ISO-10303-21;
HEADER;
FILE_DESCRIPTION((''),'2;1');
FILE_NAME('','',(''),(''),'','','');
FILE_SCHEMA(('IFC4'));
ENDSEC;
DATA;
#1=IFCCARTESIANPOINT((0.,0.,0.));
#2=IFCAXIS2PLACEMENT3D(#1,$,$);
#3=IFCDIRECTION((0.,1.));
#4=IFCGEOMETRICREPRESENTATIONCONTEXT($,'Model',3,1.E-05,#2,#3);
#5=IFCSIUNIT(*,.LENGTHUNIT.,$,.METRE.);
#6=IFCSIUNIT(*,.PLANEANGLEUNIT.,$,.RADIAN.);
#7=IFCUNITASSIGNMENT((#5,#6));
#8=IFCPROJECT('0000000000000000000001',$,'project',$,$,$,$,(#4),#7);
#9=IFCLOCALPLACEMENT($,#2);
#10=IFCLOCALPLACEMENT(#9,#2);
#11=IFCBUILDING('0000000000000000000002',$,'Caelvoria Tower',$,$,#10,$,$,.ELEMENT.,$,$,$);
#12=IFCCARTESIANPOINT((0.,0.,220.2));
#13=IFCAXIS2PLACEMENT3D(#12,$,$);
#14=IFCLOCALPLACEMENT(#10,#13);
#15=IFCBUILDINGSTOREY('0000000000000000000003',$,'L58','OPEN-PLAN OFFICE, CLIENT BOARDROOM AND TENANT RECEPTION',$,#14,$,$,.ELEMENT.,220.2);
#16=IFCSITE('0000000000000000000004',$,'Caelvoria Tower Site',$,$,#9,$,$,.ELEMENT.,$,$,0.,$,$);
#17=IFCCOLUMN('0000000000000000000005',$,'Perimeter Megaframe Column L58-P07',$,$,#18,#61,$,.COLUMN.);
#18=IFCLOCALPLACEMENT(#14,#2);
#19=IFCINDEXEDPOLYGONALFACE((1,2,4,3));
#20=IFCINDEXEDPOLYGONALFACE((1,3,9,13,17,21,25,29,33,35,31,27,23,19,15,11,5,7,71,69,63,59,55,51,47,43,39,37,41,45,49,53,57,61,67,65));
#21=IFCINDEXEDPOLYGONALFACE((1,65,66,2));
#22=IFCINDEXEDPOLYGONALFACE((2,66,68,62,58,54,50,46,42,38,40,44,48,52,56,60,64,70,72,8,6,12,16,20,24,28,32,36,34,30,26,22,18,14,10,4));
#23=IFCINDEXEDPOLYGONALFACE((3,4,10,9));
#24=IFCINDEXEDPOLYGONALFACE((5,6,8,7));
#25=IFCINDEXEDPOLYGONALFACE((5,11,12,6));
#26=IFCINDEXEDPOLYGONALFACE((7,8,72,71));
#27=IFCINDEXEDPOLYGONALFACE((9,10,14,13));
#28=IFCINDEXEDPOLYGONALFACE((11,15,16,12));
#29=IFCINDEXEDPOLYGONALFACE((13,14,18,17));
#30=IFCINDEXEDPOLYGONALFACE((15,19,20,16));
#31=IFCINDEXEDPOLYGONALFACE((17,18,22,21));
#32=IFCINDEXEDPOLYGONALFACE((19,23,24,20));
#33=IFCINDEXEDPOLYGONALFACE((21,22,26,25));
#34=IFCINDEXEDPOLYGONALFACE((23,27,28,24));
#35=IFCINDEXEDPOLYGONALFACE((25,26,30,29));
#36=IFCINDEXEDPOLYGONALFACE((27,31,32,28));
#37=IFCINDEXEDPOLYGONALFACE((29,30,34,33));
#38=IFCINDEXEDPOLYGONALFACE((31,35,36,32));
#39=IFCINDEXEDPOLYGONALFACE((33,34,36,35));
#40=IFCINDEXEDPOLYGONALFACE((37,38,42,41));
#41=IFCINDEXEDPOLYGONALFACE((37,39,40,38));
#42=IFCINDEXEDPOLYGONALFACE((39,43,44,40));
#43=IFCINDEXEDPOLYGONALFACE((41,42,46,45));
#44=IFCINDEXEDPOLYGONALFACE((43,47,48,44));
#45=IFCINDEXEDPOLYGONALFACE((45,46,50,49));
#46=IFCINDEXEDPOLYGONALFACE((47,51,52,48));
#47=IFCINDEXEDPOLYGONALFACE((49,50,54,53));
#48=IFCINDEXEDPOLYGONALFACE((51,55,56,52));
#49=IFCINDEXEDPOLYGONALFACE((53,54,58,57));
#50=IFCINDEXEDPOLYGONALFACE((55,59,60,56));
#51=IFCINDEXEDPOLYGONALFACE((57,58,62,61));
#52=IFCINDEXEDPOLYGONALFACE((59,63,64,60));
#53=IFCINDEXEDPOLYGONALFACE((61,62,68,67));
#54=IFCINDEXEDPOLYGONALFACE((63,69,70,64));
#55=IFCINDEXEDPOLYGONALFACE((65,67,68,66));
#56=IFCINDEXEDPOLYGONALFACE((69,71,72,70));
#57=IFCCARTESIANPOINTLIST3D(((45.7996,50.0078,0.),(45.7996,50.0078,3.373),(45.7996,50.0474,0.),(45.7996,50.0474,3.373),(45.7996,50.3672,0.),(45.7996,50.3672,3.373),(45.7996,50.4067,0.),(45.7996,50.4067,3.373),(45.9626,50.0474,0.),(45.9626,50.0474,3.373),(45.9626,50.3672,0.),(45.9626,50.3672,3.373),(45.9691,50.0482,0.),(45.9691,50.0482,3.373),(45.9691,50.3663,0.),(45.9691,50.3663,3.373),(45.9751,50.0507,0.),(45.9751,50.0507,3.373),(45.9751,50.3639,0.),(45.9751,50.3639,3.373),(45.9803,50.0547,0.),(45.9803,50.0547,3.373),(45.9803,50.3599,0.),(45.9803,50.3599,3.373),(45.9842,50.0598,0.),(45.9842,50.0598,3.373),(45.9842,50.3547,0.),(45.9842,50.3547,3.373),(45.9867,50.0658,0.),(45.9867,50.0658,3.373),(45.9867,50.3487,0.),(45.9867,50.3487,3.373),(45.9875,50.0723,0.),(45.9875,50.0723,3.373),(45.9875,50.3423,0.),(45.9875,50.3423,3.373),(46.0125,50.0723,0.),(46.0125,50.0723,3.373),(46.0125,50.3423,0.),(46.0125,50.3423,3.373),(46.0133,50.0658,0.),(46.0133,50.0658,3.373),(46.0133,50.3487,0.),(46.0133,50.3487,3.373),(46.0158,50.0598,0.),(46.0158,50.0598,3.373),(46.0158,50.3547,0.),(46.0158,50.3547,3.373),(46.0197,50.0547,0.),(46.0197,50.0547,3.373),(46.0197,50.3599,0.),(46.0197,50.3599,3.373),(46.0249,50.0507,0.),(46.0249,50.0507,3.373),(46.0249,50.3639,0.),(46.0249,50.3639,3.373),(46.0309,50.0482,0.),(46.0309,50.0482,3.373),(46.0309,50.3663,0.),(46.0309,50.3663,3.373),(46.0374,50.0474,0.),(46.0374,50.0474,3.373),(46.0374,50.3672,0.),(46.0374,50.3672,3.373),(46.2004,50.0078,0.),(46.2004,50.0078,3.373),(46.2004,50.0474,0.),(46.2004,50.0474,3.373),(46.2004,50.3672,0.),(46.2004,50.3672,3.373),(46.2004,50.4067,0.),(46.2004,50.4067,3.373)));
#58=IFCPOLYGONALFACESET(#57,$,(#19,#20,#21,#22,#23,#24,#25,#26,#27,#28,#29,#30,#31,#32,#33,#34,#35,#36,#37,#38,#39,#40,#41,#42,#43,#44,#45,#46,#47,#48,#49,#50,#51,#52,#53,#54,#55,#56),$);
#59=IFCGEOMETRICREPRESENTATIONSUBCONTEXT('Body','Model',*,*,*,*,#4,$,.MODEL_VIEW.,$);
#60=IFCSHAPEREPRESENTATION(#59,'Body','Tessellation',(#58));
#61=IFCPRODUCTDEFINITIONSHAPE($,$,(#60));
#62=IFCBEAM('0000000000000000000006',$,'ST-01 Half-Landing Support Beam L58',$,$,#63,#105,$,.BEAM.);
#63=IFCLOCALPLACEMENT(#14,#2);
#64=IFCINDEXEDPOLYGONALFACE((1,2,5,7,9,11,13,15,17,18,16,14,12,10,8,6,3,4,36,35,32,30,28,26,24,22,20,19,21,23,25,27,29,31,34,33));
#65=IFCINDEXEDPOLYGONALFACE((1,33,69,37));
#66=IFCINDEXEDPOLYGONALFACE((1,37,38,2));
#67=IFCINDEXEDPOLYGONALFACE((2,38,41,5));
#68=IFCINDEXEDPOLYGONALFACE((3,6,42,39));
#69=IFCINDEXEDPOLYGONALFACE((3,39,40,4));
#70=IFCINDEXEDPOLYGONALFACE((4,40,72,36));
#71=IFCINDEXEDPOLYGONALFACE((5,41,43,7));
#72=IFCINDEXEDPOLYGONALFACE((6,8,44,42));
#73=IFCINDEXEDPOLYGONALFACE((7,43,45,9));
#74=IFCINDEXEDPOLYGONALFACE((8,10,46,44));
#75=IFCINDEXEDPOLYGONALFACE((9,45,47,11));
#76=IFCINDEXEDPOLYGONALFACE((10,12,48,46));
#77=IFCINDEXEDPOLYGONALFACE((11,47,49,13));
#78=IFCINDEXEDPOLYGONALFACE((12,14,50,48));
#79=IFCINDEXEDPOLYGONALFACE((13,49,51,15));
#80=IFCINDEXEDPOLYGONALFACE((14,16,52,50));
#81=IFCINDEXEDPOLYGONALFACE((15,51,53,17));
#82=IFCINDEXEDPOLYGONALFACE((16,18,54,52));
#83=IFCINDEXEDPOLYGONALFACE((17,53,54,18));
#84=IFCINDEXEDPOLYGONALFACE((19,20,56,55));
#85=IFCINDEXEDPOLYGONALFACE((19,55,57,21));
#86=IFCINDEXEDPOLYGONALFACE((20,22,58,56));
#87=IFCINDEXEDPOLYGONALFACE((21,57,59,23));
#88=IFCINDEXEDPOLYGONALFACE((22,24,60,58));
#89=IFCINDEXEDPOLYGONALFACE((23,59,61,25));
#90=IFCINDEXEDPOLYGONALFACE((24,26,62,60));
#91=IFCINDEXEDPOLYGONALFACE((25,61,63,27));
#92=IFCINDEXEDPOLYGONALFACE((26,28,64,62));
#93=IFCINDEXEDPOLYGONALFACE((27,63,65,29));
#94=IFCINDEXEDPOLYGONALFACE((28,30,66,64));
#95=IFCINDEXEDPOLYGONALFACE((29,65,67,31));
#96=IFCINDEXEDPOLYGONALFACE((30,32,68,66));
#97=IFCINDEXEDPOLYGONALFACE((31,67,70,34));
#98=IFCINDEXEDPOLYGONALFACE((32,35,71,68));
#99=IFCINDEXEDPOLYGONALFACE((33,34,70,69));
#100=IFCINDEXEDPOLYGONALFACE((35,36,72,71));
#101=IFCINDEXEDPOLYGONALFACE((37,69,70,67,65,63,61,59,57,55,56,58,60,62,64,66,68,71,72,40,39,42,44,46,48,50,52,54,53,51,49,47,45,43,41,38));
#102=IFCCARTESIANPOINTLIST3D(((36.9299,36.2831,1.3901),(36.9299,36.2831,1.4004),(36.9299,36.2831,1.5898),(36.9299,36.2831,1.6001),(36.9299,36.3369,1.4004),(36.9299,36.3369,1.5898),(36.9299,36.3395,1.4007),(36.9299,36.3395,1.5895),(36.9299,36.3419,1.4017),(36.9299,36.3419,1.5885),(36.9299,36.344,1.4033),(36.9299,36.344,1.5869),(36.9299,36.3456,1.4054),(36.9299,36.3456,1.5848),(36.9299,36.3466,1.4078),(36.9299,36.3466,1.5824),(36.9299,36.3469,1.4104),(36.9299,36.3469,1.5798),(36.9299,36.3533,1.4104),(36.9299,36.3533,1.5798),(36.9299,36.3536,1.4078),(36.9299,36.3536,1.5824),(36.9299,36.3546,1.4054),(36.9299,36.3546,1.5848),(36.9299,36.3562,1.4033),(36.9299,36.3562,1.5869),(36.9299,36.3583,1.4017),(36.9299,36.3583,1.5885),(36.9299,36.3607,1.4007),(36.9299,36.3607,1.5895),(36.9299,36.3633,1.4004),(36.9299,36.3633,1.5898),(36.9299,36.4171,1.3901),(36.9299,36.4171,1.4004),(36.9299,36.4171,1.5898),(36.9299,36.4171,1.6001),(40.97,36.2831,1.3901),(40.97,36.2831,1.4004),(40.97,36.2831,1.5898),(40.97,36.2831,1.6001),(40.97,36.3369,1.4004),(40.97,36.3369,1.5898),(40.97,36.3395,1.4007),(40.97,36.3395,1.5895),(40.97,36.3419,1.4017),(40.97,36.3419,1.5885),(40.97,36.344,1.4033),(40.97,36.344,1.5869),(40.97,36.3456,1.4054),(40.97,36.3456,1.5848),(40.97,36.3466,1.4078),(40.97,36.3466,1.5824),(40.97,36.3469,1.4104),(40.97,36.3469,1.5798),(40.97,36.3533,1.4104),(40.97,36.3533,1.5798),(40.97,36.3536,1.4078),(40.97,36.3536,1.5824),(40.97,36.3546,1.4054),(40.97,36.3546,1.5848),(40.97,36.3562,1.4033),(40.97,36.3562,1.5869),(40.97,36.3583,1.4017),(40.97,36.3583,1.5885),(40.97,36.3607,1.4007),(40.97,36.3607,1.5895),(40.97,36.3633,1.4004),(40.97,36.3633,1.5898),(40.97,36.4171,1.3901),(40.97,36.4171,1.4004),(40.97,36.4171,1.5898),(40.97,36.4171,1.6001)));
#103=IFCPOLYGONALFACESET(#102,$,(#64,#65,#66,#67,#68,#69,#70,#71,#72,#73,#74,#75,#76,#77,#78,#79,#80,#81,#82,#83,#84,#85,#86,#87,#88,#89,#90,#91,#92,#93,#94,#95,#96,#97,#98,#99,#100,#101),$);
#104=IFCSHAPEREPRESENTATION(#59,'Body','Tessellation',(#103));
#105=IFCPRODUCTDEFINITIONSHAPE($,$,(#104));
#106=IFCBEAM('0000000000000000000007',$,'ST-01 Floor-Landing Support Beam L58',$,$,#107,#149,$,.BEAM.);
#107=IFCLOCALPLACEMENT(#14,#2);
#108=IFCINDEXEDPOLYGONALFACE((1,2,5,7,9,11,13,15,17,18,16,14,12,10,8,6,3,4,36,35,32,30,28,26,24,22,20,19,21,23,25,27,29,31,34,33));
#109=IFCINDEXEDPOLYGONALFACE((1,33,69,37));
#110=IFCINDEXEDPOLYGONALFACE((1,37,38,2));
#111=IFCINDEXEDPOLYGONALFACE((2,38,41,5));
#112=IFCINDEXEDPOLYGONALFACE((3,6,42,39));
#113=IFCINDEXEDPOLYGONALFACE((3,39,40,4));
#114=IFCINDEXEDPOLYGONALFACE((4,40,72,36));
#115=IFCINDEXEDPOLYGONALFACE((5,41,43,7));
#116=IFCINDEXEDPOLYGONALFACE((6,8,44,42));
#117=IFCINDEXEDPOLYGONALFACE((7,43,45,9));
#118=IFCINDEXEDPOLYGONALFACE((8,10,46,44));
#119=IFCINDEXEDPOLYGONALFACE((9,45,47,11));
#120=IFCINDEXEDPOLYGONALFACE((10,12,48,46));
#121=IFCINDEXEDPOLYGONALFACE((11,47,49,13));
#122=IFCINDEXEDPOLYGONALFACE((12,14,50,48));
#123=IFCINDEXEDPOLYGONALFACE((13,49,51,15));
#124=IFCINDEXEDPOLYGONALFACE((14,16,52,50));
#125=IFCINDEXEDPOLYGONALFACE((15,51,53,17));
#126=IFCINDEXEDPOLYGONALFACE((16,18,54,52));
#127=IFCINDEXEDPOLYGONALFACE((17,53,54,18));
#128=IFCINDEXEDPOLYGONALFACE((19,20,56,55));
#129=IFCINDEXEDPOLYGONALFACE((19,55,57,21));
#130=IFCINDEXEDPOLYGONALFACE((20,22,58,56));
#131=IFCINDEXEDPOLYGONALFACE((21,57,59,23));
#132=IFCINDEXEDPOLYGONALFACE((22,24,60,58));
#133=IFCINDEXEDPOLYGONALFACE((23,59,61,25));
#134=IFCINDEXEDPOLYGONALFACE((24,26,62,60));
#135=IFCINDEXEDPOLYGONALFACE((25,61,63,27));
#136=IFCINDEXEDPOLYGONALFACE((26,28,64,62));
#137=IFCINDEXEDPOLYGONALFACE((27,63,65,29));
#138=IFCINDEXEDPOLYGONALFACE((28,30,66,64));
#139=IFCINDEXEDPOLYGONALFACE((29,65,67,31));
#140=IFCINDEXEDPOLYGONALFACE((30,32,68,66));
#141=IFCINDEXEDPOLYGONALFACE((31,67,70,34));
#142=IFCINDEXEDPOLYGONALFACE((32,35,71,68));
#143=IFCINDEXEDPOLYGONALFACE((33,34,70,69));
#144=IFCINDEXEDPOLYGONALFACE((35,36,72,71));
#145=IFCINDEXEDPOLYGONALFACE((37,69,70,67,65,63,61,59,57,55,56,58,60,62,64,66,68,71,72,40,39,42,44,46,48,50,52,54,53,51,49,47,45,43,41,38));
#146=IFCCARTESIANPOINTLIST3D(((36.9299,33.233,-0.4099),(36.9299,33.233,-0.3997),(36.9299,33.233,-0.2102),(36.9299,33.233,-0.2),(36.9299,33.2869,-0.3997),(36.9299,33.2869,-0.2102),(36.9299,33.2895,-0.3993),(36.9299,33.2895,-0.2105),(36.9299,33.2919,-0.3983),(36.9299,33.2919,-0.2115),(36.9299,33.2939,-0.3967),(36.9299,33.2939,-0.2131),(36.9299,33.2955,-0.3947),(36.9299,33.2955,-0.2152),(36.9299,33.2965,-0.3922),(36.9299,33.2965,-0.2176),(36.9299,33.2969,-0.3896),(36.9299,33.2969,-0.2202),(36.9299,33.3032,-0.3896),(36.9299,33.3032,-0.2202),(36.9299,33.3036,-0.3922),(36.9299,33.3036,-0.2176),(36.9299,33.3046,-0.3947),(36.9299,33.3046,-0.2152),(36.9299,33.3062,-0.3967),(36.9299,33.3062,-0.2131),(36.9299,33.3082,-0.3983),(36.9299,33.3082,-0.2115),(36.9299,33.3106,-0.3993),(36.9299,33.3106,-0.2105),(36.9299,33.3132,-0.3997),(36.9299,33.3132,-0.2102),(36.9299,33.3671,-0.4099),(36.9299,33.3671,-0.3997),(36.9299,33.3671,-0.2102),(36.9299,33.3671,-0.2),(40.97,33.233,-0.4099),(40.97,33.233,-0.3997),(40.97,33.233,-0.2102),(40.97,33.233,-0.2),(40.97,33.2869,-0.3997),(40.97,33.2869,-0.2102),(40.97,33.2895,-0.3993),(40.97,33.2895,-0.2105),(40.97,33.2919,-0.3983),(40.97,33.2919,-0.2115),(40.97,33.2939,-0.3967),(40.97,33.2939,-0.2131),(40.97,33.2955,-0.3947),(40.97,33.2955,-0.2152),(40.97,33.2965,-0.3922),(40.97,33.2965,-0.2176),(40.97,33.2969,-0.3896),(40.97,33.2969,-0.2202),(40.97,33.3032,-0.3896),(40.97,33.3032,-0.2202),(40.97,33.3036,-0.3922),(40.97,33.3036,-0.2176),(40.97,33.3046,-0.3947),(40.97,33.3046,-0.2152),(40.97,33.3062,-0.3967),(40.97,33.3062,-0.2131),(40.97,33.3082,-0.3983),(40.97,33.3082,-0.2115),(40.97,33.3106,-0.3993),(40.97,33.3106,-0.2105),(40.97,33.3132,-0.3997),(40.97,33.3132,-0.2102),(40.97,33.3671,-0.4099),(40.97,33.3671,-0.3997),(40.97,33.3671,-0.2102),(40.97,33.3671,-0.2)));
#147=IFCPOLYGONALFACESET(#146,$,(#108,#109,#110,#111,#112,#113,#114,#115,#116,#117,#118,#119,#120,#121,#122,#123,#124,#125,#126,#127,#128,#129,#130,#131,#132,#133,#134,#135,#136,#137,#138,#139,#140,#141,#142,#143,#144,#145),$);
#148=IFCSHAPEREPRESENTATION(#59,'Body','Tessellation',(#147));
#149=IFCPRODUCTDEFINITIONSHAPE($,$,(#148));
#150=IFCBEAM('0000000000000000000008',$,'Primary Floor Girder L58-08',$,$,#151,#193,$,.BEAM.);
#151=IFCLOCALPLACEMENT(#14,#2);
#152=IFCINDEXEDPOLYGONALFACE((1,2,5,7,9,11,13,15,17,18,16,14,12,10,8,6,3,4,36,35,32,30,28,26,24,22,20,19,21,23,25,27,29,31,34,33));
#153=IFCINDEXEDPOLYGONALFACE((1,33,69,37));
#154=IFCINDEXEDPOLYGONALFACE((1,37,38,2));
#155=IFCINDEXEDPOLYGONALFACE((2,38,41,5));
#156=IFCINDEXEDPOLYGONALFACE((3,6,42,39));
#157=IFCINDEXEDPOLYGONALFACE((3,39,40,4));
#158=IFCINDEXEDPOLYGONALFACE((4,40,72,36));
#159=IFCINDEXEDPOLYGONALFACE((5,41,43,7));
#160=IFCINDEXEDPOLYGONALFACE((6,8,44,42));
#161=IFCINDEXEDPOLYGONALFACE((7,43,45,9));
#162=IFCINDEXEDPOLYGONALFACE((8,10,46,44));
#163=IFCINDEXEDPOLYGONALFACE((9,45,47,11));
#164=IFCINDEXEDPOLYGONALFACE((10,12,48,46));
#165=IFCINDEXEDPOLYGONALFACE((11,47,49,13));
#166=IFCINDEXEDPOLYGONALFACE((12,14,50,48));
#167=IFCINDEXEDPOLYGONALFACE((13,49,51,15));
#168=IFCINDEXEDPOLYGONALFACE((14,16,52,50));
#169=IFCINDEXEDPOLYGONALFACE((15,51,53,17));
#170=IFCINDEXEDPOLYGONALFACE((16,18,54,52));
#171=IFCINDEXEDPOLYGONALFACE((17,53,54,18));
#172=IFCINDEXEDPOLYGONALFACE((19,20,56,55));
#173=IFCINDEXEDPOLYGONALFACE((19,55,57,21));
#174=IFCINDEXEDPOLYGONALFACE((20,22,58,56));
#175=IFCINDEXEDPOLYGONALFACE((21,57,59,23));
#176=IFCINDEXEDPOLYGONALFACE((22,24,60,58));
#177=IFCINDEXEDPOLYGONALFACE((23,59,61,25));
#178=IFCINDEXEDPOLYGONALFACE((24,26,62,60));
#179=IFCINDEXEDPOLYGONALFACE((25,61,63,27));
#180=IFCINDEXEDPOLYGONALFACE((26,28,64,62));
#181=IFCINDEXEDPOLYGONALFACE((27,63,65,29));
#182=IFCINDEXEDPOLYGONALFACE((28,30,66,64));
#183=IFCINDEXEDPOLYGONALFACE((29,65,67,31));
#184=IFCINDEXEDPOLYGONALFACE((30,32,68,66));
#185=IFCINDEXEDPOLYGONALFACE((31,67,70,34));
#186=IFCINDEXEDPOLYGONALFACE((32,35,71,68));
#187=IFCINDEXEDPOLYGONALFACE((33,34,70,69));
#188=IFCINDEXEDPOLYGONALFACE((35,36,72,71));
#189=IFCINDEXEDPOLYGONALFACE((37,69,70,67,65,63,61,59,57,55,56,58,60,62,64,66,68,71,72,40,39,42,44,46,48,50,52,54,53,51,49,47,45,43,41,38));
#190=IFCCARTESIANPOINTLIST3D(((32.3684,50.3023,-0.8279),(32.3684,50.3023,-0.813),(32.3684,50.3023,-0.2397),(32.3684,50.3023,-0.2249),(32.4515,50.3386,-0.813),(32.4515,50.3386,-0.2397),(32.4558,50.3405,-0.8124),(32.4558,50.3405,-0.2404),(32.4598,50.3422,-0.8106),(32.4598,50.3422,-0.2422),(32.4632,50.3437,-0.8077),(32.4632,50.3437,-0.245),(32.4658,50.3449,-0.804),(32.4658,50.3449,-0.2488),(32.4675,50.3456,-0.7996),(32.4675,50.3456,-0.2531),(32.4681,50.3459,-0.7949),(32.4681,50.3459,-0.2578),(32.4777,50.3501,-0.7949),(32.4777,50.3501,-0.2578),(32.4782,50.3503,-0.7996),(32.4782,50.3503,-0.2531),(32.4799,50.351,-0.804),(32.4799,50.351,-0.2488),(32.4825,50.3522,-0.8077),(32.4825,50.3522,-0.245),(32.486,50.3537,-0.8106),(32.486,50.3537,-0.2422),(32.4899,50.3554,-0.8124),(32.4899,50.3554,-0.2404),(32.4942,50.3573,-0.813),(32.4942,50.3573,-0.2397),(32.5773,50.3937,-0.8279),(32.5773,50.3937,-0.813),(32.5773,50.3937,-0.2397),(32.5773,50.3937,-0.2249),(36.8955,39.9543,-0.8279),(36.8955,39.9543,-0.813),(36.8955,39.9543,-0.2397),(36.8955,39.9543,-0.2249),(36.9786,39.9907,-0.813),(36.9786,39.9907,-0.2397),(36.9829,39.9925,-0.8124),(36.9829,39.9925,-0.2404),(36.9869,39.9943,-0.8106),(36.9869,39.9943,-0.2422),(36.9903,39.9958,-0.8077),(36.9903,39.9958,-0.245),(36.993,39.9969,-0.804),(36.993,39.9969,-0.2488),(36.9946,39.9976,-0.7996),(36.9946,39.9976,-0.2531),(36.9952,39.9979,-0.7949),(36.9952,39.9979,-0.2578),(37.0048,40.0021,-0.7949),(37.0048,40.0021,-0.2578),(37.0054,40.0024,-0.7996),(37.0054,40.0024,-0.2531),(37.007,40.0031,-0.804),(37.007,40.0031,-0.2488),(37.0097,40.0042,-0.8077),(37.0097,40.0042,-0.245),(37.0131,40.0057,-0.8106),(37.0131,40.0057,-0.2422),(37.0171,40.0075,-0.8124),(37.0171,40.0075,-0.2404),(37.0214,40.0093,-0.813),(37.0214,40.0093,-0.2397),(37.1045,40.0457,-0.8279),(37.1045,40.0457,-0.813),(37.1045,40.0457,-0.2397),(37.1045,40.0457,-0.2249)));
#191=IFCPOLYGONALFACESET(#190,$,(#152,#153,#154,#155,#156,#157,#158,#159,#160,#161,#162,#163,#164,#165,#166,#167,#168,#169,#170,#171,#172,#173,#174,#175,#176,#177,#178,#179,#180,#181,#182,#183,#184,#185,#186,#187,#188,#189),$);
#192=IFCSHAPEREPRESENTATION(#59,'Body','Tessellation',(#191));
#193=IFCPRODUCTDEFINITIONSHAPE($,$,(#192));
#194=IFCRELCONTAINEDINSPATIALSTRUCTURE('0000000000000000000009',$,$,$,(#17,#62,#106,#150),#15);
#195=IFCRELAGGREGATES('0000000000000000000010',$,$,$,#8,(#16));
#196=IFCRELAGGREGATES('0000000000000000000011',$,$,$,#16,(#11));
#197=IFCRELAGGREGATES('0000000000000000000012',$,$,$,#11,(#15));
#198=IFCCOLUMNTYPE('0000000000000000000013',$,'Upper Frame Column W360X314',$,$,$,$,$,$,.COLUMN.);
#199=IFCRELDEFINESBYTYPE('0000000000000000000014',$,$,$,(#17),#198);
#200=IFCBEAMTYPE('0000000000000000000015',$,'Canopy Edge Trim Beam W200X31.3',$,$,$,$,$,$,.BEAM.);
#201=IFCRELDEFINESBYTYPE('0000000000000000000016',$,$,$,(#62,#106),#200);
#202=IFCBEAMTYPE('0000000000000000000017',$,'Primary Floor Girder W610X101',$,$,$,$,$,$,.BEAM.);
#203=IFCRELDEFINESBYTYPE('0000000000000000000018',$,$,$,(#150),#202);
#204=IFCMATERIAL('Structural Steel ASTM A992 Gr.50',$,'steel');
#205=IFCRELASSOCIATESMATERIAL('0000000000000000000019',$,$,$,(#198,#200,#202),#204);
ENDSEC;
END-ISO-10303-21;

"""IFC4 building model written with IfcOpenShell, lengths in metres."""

from ifc_helpers import new_model, si_unit, direction, frame, origin, origin_2d, place, context, subcontext, project, spatial, i_section, extrude, material, material_profile, profile_set, type_object, element, save


model = new_model("IFC4")

# Units and contexts
model_context = context("Model", 3, precision=1e-05, world=origin(), true_north=direction((0.0, 1.0)))
body_context = subcontext(model_context, "Body", "Model", "MODEL_VIEW")
ifc_project = project(units=[si_unit("LENGTHUNIT", "METRE"), si_unit("PLANEANGLEUNIT", "RADIAN")], contexts=[model_context])

# Site, building, storey
site_placement = place(None, origin())
site = spatial("IfcSite", under=ifc_project, at=site_placement, Name="Caelvoria Tower Site", CompositionType="ELEMENT", RefElevation=0.0)
building_placement = place(site_placement, origin())
building = spatial("IfcBuilding", under=site, at=building_placement, Name="Caelvoria Tower", CompositionType="ELEMENT")
storey_placement = place(building_placement, frame((0.0, 0.0, 220.2)))
storey = spatial("IfcBuildingStorey", under=building, at=storey_placement, Name="L58", Description="OPEN-PLAN OFFICE, CLIENT BOARDROOM AND TENANT RECEPTION", CompositionType="ELEMENT", Elevation=220.2)

# Column
ifc_material_1 = material(Name="Structural Steel ASTM A992 Gr.50", Category="steel")
ifc_material_profile_1 = material_profile(ifc_material_1, i_section(OverallWidth=0.4009, OverallDepth=0.3989, WebThickness=0.0249, FlangeThickness=0.0396, FilletRadius=0.0249, at=origin_2d()), Name="Structural Steel ASTM A992 Gr.50")
ifc_profile_set_1 = profile_set([ifc_material_profile_1], Name="W360X314 - Structural Steel ASTM A992 Gr.50")
column_type = type_object("IfcColumnType", Name="Upper Frame Column W360X314", PredefinedType="COLUMN", material=ifc_profile_set_1)
column_placement = place(storey_placement, frame((46.0, 50.2073, 0.0), z_axis=(0.0, 0.0, 1.0), x_axis=(1.0, 0.0, 0.0)))
element("IfcColumn", 1, at=column_placement, inside=storey, type_object=column_type, Name="Perimeter Megaframe Column L58-P07", PredefinedType="COLUMN", context=body_context, shape_type="SweptSolid", body=[
    extrude(i_section(OverallWidth=0.4009, OverallDepth=0.3989, WebThickness=0.0249, FlangeThickness=0.0396, FilletRadius=0.0249, at=origin_2d()), origin(), (0.0, 0.0, 1.0), 3.373),
])

# Beams
ifc_material_profile_2 = material_profile(ifc_material_1, i_section(OverallWidth=0.134, OverallDepth=0.21, WebThickness=0.0063, FlangeThickness=0.0103, FilletRadius=0.01, at=origin_2d()), Name="Structural Steel ASTM A992 Gr.50")
ifc_profile_set_2 = profile_set([ifc_material_profile_2], Name="W200X31.3 - Structural Steel ASTM A992 Gr.50")
beam_type_1 = type_object("IfcBeamType", Name="Canopy Edge Trim Beam W200X31.3", PredefinedType="BEAM", material=ifc_profile_set_2)
for number, where, z_axis, x_axis, name in (
    (2, (36.9299, 36.3501, 1.4951), (1.0, 0.0, 0.0), (0.0, 1.0, 0.0), "ST-01 Half-Landing Support Beam L58"),
    (3, (36.9299, 33.3, -0.3049), (1.0, 0.0, 0.0), (0.0, 1.0, 0.0), "ST-01 Floor-Landing Support Beam L58"),
):
    element("IfcBeam", number, at=place(storey_placement, frame(where, z_axis=z_axis, x_axis=x_axis)), inside=storey, type_object=beam_type_1, Name=name, PredefinedType="BEAM", context=body_context, shape_type="SweptSolid", body=[
        extrude(i_section(OverallWidth=0.134, OverallDepth=0.21, WebThickness=0.0063, FlangeThickness=0.0103, FilletRadius=0.01, at=origin_2d()), origin(), (0.0, 0.0, 1.0), 4.04),
    ])
ifc_material_profile_3 = material_profile(ifc_material_1, i_section(OverallWidth=0.228, OverallDepth=0.603, WebThickness=0.0105, FlangeThickness=0.0149, FilletRadius=0.0181, at=origin_2d()), Name="Structural Steel ASTM A992 Gr.50")
ifc_profile_set_3 = profile_set([ifc_material_profile_3], Name="W610X101 - Structural Steel ASTM A992 Gr.50")
beam_type_2 = type_object("IfcBeamType", Name="Primary Floor Girder W610X101", PredefinedType="BEAM", material=ifc_profile_set_3)
beam_1_placement = place(storey_placement, frame((37.0, 40.0, -0.5264), z_axis=(-0.400811, 0.916161, 0.0), x_axis=(-0.916161, -0.400811, 0.0)))
element("IfcBeam", 4, at=beam_1_placement, inside=storey, type_object=beam_type_2, Name="Primary Floor Girder L58-08", PredefinedType="BEAM", context=body_context, shape_type="SweptSolid", body=[
    extrude(i_section(OverallWidth=0.228, OverallDepth=0.603, WebThickness=0.0105, FlangeThickness=0.0149, FilletRadius=0.0181, at=origin_2d()), origin(), (0.0, 0.0, 1.0), 11.2949),
])

save(model, "model.ifc")
